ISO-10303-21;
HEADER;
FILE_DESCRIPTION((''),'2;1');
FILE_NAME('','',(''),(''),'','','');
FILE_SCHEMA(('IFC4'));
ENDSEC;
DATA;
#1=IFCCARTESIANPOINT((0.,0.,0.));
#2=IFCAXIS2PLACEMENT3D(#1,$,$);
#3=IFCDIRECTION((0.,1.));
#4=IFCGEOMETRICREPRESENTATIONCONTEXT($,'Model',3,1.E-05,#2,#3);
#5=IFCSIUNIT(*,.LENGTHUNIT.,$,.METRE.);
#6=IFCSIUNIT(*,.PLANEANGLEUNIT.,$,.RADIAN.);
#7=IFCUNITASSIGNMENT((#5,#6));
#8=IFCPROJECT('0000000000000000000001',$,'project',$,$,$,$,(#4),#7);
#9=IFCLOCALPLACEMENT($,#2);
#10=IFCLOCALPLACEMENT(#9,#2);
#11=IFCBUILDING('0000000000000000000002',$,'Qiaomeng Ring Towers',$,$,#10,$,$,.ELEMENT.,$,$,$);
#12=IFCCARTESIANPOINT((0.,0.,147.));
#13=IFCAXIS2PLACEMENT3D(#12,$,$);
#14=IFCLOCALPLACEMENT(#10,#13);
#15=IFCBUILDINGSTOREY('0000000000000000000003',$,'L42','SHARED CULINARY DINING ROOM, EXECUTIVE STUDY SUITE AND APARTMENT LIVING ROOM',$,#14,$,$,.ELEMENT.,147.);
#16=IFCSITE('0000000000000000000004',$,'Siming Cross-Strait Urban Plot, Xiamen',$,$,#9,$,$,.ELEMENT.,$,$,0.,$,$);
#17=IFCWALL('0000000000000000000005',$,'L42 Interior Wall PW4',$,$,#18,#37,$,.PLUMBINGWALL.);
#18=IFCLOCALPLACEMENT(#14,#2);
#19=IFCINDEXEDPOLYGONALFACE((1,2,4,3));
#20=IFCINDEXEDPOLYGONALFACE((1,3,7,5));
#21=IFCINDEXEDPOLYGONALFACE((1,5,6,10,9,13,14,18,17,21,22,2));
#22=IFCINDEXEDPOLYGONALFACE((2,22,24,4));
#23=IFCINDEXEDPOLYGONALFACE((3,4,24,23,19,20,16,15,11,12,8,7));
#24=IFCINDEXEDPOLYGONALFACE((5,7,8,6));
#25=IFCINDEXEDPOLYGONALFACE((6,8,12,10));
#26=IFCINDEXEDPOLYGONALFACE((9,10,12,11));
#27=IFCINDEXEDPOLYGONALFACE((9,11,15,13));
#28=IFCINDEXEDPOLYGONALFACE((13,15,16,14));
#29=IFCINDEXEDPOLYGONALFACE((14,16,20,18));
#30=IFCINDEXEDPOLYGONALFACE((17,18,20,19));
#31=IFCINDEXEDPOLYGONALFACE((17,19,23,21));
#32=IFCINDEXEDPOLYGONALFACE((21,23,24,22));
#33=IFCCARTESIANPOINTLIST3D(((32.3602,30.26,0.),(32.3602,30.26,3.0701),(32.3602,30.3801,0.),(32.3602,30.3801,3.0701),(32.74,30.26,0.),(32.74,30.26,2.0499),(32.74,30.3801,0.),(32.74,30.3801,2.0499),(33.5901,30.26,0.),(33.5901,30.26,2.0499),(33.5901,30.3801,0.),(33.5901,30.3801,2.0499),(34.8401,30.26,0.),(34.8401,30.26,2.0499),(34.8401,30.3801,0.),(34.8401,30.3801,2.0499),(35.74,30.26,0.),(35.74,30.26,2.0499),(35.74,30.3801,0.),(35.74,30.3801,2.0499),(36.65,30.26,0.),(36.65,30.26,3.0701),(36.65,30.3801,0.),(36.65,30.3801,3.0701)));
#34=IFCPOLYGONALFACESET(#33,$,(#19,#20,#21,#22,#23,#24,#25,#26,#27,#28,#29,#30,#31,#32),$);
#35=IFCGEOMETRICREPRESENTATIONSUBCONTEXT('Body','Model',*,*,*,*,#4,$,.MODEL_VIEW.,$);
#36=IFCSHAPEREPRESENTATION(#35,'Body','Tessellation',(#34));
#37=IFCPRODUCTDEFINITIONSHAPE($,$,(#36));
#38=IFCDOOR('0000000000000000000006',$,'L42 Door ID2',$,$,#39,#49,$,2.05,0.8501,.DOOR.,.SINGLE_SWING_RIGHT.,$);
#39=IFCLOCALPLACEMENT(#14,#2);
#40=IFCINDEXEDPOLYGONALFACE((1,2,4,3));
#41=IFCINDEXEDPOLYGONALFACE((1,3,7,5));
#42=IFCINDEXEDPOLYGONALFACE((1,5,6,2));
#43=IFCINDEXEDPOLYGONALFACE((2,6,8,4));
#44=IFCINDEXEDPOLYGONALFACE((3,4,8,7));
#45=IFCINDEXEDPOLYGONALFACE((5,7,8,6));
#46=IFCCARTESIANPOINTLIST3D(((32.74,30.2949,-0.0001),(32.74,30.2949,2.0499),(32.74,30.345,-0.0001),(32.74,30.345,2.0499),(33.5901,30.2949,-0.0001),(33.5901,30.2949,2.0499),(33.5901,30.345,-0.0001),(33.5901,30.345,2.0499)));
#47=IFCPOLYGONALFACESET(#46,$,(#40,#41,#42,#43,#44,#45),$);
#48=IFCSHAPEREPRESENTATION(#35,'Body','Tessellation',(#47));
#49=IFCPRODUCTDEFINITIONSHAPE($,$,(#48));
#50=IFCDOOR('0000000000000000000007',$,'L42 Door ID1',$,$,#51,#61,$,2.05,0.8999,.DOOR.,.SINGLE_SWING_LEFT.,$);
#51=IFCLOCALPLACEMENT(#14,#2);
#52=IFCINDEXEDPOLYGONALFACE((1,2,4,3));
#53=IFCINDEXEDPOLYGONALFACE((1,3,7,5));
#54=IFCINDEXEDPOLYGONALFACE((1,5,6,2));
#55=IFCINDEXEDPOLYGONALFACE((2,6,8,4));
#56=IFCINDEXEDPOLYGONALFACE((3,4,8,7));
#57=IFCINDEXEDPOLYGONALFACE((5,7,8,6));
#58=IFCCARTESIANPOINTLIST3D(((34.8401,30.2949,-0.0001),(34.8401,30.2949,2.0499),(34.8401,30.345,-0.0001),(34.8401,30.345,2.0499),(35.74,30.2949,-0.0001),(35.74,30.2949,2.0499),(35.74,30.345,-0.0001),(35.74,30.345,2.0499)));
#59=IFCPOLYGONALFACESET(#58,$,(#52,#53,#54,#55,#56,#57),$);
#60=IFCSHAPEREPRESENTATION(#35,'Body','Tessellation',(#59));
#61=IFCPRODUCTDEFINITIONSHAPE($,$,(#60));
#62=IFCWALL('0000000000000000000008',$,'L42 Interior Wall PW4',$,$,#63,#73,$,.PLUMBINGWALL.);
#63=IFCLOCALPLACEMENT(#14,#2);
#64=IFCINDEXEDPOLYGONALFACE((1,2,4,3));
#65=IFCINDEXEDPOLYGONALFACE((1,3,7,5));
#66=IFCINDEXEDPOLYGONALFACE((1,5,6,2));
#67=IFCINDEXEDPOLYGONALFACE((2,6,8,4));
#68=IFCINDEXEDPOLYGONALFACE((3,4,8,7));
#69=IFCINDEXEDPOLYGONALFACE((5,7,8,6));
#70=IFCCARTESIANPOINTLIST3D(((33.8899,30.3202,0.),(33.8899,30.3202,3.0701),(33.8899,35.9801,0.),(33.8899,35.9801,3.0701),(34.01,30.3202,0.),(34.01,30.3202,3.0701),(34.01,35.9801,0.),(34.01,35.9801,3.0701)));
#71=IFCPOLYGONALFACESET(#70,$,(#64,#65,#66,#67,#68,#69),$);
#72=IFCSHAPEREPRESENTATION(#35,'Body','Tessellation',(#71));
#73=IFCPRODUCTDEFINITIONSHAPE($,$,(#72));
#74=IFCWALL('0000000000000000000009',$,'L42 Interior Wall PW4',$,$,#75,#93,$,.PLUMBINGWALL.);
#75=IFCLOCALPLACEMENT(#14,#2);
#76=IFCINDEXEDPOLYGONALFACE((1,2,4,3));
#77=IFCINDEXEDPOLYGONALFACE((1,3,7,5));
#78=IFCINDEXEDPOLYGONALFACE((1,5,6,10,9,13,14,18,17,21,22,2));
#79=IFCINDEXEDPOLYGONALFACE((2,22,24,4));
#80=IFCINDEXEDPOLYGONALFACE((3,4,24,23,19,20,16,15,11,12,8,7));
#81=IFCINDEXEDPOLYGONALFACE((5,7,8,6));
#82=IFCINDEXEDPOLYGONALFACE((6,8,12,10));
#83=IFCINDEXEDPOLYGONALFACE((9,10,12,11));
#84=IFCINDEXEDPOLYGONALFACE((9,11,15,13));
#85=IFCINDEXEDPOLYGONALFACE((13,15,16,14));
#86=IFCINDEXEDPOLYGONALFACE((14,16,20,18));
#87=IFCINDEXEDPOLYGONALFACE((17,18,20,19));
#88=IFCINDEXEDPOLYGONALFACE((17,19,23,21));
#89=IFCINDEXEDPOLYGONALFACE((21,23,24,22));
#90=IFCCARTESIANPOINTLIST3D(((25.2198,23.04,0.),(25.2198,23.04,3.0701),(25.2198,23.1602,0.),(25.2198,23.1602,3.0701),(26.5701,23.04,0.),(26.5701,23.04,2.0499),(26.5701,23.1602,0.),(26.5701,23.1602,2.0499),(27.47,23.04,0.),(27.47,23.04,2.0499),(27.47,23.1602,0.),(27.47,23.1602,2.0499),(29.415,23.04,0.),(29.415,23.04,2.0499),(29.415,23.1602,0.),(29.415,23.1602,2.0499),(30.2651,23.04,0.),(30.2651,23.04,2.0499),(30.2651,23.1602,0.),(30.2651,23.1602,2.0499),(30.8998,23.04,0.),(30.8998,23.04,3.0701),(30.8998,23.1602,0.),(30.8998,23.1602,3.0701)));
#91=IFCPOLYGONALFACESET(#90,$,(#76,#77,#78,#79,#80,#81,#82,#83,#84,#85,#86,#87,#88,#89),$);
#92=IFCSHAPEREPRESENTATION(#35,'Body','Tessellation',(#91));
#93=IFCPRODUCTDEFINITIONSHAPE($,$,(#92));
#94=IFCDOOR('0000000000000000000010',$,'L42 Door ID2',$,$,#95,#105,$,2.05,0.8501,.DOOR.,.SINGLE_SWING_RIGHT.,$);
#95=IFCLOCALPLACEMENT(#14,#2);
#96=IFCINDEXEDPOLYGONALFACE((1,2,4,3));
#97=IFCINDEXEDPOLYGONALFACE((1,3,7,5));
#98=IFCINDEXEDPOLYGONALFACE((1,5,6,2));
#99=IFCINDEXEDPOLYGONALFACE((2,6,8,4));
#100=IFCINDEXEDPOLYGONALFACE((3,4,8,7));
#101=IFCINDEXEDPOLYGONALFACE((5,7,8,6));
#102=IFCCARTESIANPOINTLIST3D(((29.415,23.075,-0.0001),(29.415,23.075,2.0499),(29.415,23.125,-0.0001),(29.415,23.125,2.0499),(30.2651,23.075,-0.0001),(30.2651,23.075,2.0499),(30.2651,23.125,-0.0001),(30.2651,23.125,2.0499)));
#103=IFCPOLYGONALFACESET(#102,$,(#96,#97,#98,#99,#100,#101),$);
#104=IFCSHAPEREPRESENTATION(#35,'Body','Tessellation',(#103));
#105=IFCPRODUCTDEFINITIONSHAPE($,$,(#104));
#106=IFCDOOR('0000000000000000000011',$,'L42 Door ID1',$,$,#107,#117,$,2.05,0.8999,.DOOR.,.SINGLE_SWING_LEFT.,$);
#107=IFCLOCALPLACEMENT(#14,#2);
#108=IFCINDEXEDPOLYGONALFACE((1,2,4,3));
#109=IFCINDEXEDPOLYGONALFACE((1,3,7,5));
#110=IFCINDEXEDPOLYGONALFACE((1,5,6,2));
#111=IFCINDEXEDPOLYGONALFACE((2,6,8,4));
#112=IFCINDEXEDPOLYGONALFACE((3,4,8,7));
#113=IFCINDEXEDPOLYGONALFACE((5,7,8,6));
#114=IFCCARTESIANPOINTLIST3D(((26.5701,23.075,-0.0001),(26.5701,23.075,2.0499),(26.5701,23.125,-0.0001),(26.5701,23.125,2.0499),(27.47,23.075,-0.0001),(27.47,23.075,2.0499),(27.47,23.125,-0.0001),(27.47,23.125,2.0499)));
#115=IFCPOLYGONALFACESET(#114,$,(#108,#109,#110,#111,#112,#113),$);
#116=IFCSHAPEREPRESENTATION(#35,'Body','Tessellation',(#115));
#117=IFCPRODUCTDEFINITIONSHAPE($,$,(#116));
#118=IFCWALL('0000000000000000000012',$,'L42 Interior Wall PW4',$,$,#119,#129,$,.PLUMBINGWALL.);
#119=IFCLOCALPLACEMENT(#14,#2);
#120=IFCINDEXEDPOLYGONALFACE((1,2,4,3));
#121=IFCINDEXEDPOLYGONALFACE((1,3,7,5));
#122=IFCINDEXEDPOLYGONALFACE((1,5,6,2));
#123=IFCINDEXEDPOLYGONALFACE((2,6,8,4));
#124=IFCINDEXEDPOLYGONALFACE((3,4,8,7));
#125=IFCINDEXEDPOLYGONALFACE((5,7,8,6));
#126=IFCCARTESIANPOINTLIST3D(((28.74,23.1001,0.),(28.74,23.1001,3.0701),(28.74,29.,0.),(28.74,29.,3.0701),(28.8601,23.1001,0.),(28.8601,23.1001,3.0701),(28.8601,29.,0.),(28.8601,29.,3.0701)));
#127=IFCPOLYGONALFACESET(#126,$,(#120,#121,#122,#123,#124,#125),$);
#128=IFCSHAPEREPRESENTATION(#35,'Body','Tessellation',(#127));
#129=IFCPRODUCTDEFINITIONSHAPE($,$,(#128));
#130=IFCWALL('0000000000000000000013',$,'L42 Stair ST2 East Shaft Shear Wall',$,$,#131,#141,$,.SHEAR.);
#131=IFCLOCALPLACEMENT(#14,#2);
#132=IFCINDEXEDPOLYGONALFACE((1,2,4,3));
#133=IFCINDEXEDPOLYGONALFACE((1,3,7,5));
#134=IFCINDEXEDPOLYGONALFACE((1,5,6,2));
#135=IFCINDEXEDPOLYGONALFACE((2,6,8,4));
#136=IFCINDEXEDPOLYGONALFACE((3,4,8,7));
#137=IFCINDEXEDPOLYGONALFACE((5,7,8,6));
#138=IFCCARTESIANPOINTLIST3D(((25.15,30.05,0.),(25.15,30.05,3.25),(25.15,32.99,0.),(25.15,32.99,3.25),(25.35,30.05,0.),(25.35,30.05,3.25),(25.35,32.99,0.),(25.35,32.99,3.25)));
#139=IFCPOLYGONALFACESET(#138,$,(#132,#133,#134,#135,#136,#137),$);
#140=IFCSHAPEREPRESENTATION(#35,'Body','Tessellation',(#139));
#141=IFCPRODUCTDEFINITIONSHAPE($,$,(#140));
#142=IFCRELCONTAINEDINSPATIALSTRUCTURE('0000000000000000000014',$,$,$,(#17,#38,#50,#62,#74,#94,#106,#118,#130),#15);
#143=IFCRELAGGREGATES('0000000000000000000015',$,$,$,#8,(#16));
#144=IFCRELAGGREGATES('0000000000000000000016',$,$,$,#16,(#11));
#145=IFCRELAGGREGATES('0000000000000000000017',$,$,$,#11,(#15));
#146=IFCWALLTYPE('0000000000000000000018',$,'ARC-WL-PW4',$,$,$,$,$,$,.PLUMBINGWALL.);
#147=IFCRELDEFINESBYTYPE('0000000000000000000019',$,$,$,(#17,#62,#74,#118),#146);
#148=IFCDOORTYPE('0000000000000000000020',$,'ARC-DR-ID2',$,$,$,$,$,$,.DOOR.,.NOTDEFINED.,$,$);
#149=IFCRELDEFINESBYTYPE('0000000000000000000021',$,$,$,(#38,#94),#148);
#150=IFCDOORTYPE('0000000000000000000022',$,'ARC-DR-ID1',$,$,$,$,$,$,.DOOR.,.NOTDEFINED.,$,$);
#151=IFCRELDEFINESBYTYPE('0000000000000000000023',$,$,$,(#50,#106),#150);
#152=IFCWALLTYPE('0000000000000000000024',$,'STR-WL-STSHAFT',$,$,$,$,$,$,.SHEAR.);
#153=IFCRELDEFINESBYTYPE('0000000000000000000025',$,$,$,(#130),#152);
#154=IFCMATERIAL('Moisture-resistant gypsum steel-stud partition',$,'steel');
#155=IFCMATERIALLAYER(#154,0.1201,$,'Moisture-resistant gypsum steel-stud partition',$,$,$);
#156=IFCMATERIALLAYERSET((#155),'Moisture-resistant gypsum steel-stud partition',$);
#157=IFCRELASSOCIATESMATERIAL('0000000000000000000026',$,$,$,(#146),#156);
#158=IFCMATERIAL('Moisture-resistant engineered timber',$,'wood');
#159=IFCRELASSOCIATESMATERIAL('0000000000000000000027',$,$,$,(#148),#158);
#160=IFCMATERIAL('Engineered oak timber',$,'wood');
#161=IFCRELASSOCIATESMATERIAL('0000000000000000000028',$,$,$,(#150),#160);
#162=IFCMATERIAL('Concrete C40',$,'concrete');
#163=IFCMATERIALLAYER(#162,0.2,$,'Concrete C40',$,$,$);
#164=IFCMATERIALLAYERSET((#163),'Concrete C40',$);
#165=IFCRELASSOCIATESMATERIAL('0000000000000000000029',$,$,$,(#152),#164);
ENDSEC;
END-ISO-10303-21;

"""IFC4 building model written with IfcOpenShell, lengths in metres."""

from ifc_helpers import new_model, si_unit, direction, frame, frame_2d, origin, place, context, subcontext, project, spatial, rectangle, extrude, source, transform, mapped, material, layer, layer_set, type_object, element, fill, save


model = new_model("IFC4")

# Units and contexts
model_context = context("Model", 3, precision=1e-05, world=origin(), true_north=direction((0.0, 1.0)))
body_context = subcontext(model_context, "Body", "Model", "MODEL_VIEW")
ifc_project = project(units=[si_unit("LENGTHUNIT", "METRE"), si_unit("PLANEANGLEUNIT", "RADIAN")], contexts=[model_context])

# Site, building, storey
site_placement = place(None, origin())
site = spatial("IfcSite", under=ifc_project, at=site_placement, Name="Siming Cross-Strait Urban Plot, Xiamen", CompositionType="ELEMENT", RefElevation=0.0)
building_placement = place(site_placement, origin())
building = spatial("IfcBuilding", under=site, at=building_placement, Name="Qiaomeng Ring Towers", CompositionType="ELEMENT")
storey_placement = place(building_placement, frame((0.0, 0.0, 147.0)))
storey = spatial("IfcBuildingStorey", under=building, at=storey_placement, Name="L42", Description="SHARED CULINARY DINING ROOM, EXECUTIVE STUDY SUITE AND APARTMENT LIVING ROOM", CompositionType="ELEMENT", Elevation=147.0)

# Wall, openings, doors
ifc_material_1 = material(Name="Moisture-resistant gypsum steel-stud partition", Category="steel")
ifc_layer_1 = layer(ifc_material_1, 0.1201, Name="Moisture-resistant gypsum steel-stud partition")
ifc_layer_set_1 = layer_set([ifc_layer_1], Name="Moisture-resistant gypsum steel-stud partition")
wall_type_1 = type_object("IfcWallType", Name="ARC-WL-PW4", PredefinedType="PLUMBINGWALL", material=ifc_layer_set_1)
wall_1_placement = place(storey_placement, frame((32.3601, 30.3201, 0.0), z_axis=(0.0, 0.0, 1.0), x_axis=(1.0, 0.0, 0.0)))
wall_1 = element("IfcWall", 1, at=wall_1_placement, inside=storey, type_object=wall_type_1, Name="L42 Interior Wall PW4", PredefinedType="PLUMBINGWALL", context=body_context, shape_type="SweptSolid", body=[
    extrude(rectangle(XDim=4.2898, YDim=0.1201, at=frame_2d((2.145, 0.0))), origin(), (0.0, 0.0, 1.0), 3.0701),
])
opening_1_placement = place(wall_1_placement, frame((0.3799, 0.0, 0.0)))
opening_1 = element("IfcOpeningElement", 2, at=opening_1_placement, cuts=wall_1, PredefinedType="OPENING", context=body_context, shape_type="SweptSolid", body=[
    extrude(rectangle(XDim=0.8501, YDim=2.05, at=frame_2d((0.425, 1.0249))), frame((0.0, 0.0701, 0.0), z_axis=(0.0, -1.0, 0.0), x_axis=(1.0, 0.0, 0.0)), (0.0, 0.0, 1.0), 0.1401),
])
opening_2_placement = place(wall_1_placement, frame((2.48, 0.0, 0.0)))
opening_2 = element("IfcOpeningElement", 3, at=opening_2_placement, cuts=wall_1, PredefinedType="OPENING", context=body_context, shape_type="SweptSolid", body=[
    extrude(rectangle(XDim=0.8999, YDim=2.05, at=frame_2d((0.45, 1.0249))), frame((0.0, 0.0701, 0.0), z_axis=(0.0, -1.0, 0.0), x_axis=(1.0, 0.0, 0.0)), (0.0, 0.0, 1.0), 0.1401),
])
ifc_material_2 = material(Name="Moisture-resistant engineered timber", Category="wood")
door_type_1 = type_object("IfcDoorType", Name="ARC-DR-ID2", OperationType="NOTDEFINED", PredefinedType="DOOR", material=ifc_material_2)
shared_shape_1 = source(origin(), body_context, "Body", "SweptSolid", [
    extrude(rectangle(XDim=0.8501, YDim=2.05, at=frame_2d((0.425, 1.0249))), frame((0.0, 0.0249, 0.0), z_axis=(0.0, -1.0, 0.0), x_axis=(1.0, 0.0, 0.0)), (0.0, 0.0, 1.0), 0.05),
])
door_1_placement = place(opening_1_placement, origin())
door_1 = element("IfcDoor", 4, at=door_1_placement, inside=storey, type_object=door_type_1, Name="L42 Door ID2", OperationType="SINGLE_SWING_RIGHT", OverallHeight=2.05, OverallWidth=0.8501, PredefinedType="DOOR", context=body_context, shape_type="MappedRepresentation", body=[
    mapped(shared_shape_1, transform((0.0, 0.0, 0.0), x_axis=(1.0, 0.0, 0.0), y_axis=(0.0, 1.0, 0.0), z_axis=(0.0, 0.0, 1.0), scale=1.0)),
])
fill(opening_1, door_1)
ifc_material_3 = material(Name="Engineered oak timber", Category="wood")
door_type_2 = type_object("IfcDoorType", Name="ARC-DR-ID1", OperationType="NOTDEFINED", PredefinedType="DOOR", material=ifc_material_3)
shared_shape_2 = source(origin(), body_context, "Body", "SweptSolid", [
    extrude(rectangle(XDim=0.8999, YDim=2.05, at=frame_2d((0.45, 1.0249))), frame((0.0, 0.0249, 0.0), z_axis=(0.0, -1.0, 0.0), x_axis=(1.0, 0.0, 0.0)), (0.0, 0.0, 1.0), 0.05),
])
door_2_placement = place(opening_2_placement, origin())
door_2 = element("IfcDoor", 5, at=door_2_placement, inside=storey, type_object=door_type_2, Name="L42 Door ID1", OperationType="SINGLE_SWING_LEFT", OverallHeight=2.05, OverallWidth=0.8999, PredefinedType="DOOR", context=body_context, shape_type="MappedRepresentation", body=[
    mapped(shared_shape_2, transform((0.0, 0.0, 0.0), x_axis=(1.0, 0.0, 0.0), y_axis=(0.0, 1.0, 0.0), z_axis=(0.0, 0.0, 1.0), scale=1.0)),
])
fill(opening_2, door_2)

# Wall
wall_2_placement = place(storey_placement, frame((33.95, 30.3201, 0.0), z_axis=(0.0, 0.0, 1.0), x_axis=(0.0, 1.0, 0.0)))
element("IfcWall", 6, at=wall_2_placement, inside=storey, type_object=wall_type_1, Name="L42 Interior Wall PW4", PredefinedType="PLUMBINGWALL", context=body_context, shape_type="SweptSolid", body=[
    extrude(rectangle(XDim=5.6599, YDim=0.1201, at=frame_2d((2.8301, 0.0))), origin(), (0.0, 0.0, 1.0), 3.0701),
])

# Wall, openings, doors
wall_3_placement = place(storey_placement, frame((25.22, 23.1001, 0.0), z_axis=(0.0, 0.0, 1.0), x_axis=(1.0, 0.0, 0.0)))
wall_3 = element("IfcWall", 7, at=wall_3_placement, inside=storey, type_object=wall_type_1, Name="L42 Interior Wall PW4", PredefinedType="PLUMBINGWALL", context=body_context, shape_type="SweptSolid", body=[
    extrude(rectangle(XDim=5.6799, YDim=0.1201, at=frame_2d((2.8398, 0.0))), origin(), (0.0, 0.0, 1.0), 3.0701),
])
opening_3_placement = place(wall_3_placement, frame((1.3501, 0.0, 0.0)))
opening_3 = element("IfcOpeningElement", 8, at=opening_3_placement, cuts=wall_3, PredefinedType="OPENING", context=body_context, shape_type="SweptSolid", body=[
    extrude(rectangle(XDim=0.8999, YDim=2.05, at=frame_2d((0.45, 1.0249))), frame((0.0, 0.0701, 0.0), z_axis=(0.0, -1.0, 0.0), x_axis=(1.0, 0.0, 0.0)), (0.0, 0.0, 1.0), 0.1401),
])
opening_4_placement = place(wall_3_placement, frame((4.1951, 0.0, 0.0)))
opening_4 = element("IfcOpeningElement", 9, at=opening_4_placement, cuts=wall_3, PredefinedType="OPENING", context=body_context, shape_type="SweptSolid", body=[
    extrude(rectangle(XDim=0.8501, YDim=2.05, at=frame_2d((0.425, 1.0249))), frame((0.0, 0.0701, 0.0), z_axis=(0.0, -1.0, 0.0), x_axis=(1.0, 0.0, 0.0)), (0.0, 0.0, 1.0), 0.1401),
])
door_3_placement = place(opening_4_placement, origin())
door_3 = element("IfcDoor", 10, at=door_3_placement, inside=storey, type_object=door_type_1, Name="L42 Door ID2", OperationType="SINGLE_SWING_RIGHT", OverallHeight=2.05, OverallWidth=0.8501, PredefinedType="DOOR", context=body_context, shape_type="MappedRepresentation", body=[
    mapped(shared_shape_1, transform((0.0, 0.0, 0.0), x_axis=(1.0, 0.0, 0.0), y_axis=(0.0, 1.0, 0.0), z_axis=(0.0, 0.0, 1.0), scale=1.0)),
])
fill(opening_4, door_3)
door_4_placement = place(opening_3_placement, origin())
door_4 = element("IfcDoor", 11, at=door_4_placement, inside=storey, type_object=door_type_2, Name="L42 Door ID1", OperationType="SINGLE_SWING_LEFT", OverallHeight=2.05, OverallWidth=0.8999, PredefinedType="DOOR", context=body_context, shape_type="MappedRepresentation", body=[
    mapped(shared_shape_2, transform((0.0, 0.0, 0.0), x_axis=(1.0, 0.0, 0.0), y_axis=(0.0, 1.0, 0.0), z_axis=(0.0, 0.0, 1.0), scale=1.0)),
])
fill(opening_3, door_4)

# Walls
wall_4_placement = place(storey_placement, frame((28.8, 23.1001, 0.0), z_axis=(0.0, 0.0, 1.0), x_axis=(0.0, 1.0, 0.0)))
element("IfcWall", 12, at=wall_4_placement, inside=storey, type_object=wall_type_1, Name="L42 Interior Wall PW4", PredefinedType="PLUMBINGWALL", context=body_context, shape_type="SweptSolid", body=[
    extrude(rectangle(XDim=5.8999, YDim=0.1201, at=frame_2d((2.95, 0.0))), origin(), (0.0, 0.0, 1.0), 3.0701),
])
ifc_material_4 = material(Name="Concrete C40", Category="concrete")
ifc_layer_2 = layer(ifc_material_4, 0.2, Name="Concrete C40")
ifc_layer_set_2 = layer_set([ifc_layer_2], Name="Concrete C40")
wall_type_2 = type_object("IfcWallType", Name="STR-WL-STSHAFT", PredefinedType="SHEAR", material=ifc_layer_set_2)
wall_5_placement = place(storey_placement, frame((25.25, 30.05, 0.0), z_axis=(0.0, 0.0, 1.0), x_axis=(0.0, 1.0, 0.0)))
element("IfcWall", 13, at=wall_5_placement, inside=storey, type_object=wall_type_2, Name="L42 Stair ST2 East Shaft Shear Wall", PredefinedType="SHEAR", context=body_context, shape_type="SweptSolid", body=[
    extrude(rectangle(XDim=2.9399, YDim=0.2, at=frame_2d((1.47, 0.0))), origin(), (0.0, 0.0, 1.0), 3.25),
])

save(model, "model.ifc")
